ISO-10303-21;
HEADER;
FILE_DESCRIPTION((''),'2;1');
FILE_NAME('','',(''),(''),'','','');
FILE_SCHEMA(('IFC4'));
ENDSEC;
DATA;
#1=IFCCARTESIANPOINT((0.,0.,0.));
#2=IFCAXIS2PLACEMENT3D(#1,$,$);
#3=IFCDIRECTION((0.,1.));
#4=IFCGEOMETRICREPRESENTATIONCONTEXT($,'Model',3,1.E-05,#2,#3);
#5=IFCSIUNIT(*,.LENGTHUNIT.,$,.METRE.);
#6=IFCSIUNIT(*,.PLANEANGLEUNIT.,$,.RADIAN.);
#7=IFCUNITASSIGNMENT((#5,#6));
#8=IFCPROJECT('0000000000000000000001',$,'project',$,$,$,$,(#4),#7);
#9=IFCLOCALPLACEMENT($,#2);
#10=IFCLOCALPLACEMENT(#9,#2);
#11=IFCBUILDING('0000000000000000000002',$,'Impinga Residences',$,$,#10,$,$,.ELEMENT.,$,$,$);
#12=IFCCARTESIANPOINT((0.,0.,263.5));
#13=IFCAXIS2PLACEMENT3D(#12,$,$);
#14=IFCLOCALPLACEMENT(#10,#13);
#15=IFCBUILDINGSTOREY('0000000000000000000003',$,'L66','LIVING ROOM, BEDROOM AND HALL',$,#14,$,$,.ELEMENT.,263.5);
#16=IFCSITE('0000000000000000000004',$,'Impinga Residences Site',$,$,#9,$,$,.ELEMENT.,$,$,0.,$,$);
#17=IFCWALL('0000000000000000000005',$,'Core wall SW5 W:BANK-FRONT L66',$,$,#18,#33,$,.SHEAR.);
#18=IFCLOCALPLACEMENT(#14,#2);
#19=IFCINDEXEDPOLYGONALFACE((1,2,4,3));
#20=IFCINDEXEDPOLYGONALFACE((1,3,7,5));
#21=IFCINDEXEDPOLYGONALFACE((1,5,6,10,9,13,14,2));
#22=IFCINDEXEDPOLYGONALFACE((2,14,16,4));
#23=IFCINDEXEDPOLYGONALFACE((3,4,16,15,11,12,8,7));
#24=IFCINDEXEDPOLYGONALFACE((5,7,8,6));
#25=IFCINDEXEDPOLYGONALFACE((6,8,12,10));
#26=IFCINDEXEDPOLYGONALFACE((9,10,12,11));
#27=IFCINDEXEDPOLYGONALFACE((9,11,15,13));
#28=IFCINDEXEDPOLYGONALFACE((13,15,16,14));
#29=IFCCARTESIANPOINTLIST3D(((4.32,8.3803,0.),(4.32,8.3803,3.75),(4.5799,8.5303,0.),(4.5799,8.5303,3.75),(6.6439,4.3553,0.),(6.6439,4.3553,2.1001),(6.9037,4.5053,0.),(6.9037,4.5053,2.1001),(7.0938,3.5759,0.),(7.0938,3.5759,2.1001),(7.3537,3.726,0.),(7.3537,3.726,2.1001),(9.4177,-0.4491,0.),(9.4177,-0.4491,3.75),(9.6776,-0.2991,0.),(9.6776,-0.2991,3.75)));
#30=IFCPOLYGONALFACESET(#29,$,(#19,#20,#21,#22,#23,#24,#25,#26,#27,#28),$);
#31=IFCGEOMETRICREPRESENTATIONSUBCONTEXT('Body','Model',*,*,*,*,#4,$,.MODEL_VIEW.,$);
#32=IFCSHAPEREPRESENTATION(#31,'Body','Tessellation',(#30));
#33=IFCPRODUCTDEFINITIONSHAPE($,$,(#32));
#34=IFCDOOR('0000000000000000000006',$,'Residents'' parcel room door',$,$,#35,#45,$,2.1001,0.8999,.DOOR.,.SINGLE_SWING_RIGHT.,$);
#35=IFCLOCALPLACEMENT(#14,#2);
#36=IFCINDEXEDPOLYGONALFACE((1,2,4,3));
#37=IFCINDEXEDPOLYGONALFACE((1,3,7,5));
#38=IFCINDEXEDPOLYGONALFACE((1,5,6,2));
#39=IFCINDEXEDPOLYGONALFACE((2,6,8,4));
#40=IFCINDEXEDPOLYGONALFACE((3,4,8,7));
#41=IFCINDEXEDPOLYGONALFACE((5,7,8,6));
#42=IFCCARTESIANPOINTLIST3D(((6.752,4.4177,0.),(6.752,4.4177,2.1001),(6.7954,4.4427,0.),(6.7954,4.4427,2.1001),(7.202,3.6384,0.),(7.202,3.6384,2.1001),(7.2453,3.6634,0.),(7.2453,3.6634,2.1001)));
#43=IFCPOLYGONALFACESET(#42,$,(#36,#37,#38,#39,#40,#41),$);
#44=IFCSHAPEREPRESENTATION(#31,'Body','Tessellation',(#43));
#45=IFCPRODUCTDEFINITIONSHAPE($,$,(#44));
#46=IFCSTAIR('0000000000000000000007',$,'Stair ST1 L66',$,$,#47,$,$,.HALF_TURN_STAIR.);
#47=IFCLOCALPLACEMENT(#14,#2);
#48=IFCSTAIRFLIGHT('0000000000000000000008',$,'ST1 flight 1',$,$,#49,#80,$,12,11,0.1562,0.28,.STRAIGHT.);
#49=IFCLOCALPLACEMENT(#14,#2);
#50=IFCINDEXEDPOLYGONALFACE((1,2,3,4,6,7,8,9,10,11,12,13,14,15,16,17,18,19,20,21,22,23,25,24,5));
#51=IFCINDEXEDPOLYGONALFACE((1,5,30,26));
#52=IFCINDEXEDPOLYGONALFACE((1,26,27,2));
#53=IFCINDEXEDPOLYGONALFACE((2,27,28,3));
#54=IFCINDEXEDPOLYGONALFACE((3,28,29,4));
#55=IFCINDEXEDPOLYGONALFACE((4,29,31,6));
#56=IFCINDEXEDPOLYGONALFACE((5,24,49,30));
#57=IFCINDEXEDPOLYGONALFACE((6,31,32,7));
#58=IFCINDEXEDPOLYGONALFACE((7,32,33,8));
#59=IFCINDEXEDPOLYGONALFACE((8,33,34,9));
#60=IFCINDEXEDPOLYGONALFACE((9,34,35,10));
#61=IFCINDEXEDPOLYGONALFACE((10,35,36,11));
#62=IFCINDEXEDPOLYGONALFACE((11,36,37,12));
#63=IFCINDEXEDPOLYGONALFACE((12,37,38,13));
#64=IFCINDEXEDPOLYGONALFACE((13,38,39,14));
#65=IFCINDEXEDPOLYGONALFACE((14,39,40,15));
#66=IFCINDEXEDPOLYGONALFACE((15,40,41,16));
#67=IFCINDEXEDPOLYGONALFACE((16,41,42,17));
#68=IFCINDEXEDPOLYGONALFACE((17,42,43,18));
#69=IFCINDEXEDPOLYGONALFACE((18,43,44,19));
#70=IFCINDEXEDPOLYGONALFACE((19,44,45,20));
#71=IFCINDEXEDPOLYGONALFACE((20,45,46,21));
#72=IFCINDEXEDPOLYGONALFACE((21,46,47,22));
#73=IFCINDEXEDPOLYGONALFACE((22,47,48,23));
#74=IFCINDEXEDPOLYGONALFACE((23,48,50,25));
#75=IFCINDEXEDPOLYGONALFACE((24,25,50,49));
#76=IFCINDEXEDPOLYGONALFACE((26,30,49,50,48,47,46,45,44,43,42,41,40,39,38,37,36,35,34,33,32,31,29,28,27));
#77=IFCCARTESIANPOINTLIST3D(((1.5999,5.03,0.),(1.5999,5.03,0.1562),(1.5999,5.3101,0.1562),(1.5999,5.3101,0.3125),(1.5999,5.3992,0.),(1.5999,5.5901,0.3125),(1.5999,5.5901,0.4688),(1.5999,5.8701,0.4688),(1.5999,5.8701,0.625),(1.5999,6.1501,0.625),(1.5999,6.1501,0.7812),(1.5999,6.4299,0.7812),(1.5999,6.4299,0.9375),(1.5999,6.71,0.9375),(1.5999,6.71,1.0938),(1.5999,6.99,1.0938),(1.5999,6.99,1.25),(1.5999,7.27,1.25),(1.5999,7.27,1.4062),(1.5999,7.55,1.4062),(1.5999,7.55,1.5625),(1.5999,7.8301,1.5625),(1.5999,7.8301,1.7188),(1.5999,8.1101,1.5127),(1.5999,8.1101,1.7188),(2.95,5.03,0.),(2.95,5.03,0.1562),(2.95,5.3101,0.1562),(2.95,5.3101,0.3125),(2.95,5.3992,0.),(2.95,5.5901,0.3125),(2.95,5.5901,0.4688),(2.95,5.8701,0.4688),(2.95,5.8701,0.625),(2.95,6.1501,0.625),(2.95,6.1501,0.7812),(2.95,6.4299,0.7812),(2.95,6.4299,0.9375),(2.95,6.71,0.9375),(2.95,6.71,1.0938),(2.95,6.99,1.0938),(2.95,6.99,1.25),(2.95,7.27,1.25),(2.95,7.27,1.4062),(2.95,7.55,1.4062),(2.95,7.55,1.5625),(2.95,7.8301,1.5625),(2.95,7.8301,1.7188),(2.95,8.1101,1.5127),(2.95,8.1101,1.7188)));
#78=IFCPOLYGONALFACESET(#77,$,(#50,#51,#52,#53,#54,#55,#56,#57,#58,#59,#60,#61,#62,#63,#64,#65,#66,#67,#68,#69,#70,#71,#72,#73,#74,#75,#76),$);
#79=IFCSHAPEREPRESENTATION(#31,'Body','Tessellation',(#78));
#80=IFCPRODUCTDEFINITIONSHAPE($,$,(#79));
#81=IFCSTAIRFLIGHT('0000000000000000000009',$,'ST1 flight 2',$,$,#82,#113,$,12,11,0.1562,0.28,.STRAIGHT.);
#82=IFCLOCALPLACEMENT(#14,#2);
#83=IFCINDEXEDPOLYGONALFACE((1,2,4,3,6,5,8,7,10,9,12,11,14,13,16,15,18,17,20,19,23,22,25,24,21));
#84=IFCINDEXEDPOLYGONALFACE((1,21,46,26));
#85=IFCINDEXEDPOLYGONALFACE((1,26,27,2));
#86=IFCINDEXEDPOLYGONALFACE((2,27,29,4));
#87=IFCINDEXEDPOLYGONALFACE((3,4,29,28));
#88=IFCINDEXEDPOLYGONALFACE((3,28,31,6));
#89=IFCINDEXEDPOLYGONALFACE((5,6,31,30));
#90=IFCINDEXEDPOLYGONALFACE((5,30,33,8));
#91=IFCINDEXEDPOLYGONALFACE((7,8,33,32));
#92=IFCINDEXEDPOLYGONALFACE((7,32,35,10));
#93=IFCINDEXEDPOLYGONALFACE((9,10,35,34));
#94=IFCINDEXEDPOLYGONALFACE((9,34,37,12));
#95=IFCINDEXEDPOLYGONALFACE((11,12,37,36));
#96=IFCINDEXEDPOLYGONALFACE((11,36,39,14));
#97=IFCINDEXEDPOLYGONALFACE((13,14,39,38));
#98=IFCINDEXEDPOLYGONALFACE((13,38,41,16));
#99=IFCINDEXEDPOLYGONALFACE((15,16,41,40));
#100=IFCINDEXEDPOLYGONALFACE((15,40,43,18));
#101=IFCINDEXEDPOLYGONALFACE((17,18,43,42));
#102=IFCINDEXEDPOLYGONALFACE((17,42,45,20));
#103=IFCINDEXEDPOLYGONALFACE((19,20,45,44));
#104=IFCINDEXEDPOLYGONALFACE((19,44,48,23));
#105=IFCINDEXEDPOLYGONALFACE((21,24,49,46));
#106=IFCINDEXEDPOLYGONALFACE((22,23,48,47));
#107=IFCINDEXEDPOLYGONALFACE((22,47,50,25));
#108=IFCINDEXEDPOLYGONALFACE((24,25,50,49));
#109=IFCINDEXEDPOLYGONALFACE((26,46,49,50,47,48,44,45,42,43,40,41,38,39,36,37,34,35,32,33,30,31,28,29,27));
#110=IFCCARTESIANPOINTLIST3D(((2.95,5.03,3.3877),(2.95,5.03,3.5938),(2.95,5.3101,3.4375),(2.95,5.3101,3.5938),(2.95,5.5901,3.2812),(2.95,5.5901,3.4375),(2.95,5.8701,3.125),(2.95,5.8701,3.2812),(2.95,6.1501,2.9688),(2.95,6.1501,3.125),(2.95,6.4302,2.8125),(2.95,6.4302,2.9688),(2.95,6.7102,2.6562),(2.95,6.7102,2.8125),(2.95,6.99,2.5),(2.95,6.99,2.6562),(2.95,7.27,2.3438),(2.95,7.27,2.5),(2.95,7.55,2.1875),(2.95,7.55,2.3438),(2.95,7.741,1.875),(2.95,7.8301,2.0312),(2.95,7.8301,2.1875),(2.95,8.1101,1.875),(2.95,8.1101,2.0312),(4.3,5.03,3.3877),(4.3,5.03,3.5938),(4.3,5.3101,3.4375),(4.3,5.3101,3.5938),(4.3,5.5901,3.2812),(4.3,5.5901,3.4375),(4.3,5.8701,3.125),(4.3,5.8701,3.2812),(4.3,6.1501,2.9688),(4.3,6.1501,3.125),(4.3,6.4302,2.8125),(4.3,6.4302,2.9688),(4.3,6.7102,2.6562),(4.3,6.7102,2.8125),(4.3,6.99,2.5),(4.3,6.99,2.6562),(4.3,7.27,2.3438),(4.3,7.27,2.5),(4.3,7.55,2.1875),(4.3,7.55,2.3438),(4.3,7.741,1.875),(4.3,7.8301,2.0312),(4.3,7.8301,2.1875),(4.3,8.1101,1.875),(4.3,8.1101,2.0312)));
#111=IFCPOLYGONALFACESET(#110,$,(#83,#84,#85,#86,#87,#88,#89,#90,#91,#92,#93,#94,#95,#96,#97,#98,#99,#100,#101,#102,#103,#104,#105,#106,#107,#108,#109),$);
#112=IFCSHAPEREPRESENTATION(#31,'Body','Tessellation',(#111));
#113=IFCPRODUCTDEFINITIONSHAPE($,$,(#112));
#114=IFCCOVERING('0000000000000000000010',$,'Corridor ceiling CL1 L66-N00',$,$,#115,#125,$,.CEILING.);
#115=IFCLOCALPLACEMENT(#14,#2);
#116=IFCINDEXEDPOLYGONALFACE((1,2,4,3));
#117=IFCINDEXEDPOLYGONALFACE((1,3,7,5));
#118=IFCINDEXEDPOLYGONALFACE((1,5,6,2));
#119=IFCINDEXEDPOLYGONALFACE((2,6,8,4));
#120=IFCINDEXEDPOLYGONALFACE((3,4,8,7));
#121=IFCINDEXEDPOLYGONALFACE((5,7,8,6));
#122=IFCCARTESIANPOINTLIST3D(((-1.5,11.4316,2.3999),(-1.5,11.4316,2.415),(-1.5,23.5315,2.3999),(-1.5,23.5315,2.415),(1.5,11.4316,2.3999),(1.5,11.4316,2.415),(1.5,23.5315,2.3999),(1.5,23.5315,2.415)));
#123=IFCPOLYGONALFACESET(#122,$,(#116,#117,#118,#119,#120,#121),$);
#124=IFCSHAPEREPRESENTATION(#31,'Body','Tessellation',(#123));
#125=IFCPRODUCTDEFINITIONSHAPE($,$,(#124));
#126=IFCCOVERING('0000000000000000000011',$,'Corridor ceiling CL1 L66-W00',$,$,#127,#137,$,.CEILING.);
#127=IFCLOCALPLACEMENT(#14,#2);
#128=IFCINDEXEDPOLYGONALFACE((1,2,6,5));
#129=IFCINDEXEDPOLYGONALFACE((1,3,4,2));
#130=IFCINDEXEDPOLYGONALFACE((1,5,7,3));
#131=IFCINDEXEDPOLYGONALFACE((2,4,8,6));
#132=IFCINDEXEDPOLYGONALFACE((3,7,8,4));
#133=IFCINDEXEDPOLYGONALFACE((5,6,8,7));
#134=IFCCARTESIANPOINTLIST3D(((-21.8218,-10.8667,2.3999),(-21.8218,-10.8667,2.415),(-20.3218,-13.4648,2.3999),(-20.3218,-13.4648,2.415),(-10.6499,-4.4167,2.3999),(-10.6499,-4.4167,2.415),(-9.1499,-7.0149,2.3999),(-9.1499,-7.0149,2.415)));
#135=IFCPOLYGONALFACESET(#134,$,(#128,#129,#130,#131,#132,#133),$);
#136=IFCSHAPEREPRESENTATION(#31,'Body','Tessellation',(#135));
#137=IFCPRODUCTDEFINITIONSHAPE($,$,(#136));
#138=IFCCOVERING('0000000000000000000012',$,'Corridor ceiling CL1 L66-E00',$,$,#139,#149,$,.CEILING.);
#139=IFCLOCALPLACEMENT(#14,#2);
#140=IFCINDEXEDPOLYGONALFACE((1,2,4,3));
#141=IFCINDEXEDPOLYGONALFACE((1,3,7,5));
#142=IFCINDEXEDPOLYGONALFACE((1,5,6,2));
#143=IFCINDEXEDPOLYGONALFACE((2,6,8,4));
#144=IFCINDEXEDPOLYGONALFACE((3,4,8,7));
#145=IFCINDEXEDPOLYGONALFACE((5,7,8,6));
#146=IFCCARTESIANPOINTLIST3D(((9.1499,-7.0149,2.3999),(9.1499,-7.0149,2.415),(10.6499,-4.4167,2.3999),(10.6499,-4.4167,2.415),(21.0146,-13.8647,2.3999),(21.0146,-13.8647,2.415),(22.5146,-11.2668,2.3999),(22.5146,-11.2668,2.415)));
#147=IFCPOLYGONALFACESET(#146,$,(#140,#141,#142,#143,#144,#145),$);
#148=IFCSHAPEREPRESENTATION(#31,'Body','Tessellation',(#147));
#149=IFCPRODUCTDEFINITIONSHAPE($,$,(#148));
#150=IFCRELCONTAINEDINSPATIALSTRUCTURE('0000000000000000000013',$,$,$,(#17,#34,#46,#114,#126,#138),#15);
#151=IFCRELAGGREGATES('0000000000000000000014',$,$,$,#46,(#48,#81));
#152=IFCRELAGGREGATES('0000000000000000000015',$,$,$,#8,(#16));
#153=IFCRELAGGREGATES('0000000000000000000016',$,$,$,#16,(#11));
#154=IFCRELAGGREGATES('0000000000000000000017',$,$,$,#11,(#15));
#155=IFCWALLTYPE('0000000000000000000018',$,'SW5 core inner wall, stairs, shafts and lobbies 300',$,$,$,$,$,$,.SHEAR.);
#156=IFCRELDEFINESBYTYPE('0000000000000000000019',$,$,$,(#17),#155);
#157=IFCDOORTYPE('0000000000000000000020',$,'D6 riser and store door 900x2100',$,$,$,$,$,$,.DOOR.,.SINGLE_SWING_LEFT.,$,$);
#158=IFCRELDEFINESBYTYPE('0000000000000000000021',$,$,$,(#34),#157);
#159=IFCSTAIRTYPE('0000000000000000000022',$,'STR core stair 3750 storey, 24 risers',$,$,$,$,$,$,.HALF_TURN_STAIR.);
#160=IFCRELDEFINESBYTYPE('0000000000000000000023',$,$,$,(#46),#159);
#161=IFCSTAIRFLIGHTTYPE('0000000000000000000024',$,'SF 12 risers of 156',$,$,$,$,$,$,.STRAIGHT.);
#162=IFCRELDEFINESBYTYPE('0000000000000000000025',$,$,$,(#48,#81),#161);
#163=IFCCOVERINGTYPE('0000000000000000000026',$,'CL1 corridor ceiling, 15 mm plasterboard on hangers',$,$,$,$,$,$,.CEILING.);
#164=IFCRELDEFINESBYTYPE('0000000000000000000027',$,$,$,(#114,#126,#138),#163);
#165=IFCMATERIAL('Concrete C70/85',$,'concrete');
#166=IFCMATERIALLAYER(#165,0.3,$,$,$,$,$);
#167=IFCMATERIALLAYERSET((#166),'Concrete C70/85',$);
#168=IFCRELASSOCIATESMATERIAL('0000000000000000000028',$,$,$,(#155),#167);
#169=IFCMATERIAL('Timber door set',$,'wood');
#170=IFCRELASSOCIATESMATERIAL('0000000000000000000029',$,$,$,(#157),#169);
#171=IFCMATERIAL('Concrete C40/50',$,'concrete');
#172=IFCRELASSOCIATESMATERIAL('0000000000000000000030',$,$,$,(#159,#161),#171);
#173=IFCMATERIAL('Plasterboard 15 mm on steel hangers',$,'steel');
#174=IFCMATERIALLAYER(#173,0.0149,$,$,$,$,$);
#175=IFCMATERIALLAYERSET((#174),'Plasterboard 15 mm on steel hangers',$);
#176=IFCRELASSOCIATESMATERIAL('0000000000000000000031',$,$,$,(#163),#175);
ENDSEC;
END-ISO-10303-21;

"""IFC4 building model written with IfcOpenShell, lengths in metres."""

from ifc_helpers import new_model, si_unit, direction, frame, frame_2d, origin, place, context, subcontext, project, spatial, polyline, rectangle, outline, extrude, material, layer, layer_set, type_object, element, fill, aggregate, save


model = new_model("IFC4")

# Units and contexts
model_context = context("Model", 3, precision=1e-05, world=origin(), true_north=direction((0.0, 1.0)))
body_context = subcontext(model_context, "Body", "Model", "MODEL_VIEW")
ifc_project = project(units=[si_unit("LENGTHUNIT", "METRE"), si_unit("PLANEANGLEUNIT", "RADIAN")], contexts=[model_context])

# Site, building, storey
site_placement = place(None, origin())
site = spatial("IfcSite", under=ifc_project, at=site_placement, Name="Impinga Residences Site", CompositionType="ELEMENT", RefElevation=0.0)
building_placement = place(site_placement, origin())
building = spatial("IfcBuilding", under=site, at=building_placement, Name="Impinga Residences", CompositionType="ELEMENT")
storey_placement = place(building_placement, frame((0.0, 0.0, 263.5)))
storey = spatial("IfcBuildingStorey", under=building, at=storey_placement, Name="L66", Description="LIVING ROOM, BEDROOM AND HALL", CompositionType="ELEMENT", Elevation=263.5)

# Shared definitions
ifc_material_1 = material(Name="Concrete C40/50", Category="concrete")

# Shared definitions
ifc_material_2 = material(Name="Timber door set", Category="wood")

# Shared definitions
ifc_material_3 = material(Name="Concrete C70/85", Category="concrete")
ifc_layer_1 = layer(ifc_material_3, 0.3)
ifc_layer_set_1 = layer_set([ifc_layer_1], Name="Concrete C70/85")
wall_type_1 = type_object("IfcWallType", Name="SW5 core inner wall, stairs, shafts and lobbies 300", PredefinedType="SHEAR", material=ifc_layer_set_1)

# Wall, opening, door
wall_1_placement = place(storey_placement, frame((4.45, 8.4553, 0.0), z_axis=(0.0, 0.0, 1.0), x_axis=(0.500002, -0.866024, 0.0)))
wall_1 = element("IfcWall", 1, at=wall_1_placement, inside=storey, type_object=wall_type_1, Name="Core wall SW5 W:BANK-FRONT L66", PredefinedType="SHEAR", context=body_context, shape_type="SweptSolid", body=[
    extrude(rectangle(XDim=10.1953, YDim=0.3, at=frame_2d((5.0977, 0.0))), origin(), (0.0, 0.0, 1.0), 3.75),
])
opening_1_placement = place(wall_1_placement, frame((4.6477, 0.0, 0.0)))
opening_1 = element("IfcOpeningElement", 2, at=opening_1_placement, cuts=wall_1, PredefinedType="OPENING", context=body_context, shape_type="SweptSolid", body=[
    extrude(rectangle(XDim=0.8999, YDim=2.1001, at=frame_2d((0.45, 1.05))), frame((0.0, 0.1599, 0.0), z_axis=(0.0, -1.0, 0.0), x_axis=(1.0, 0.0, 0.0)), (0.0, 0.0, 1.0), 0.3201),
])
door_type_1 = type_object("IfcDoorType", Name="D6 riser and store door 900x2100", OperationType="SINGLE_SWING_LEFT", PredefinedType="DOOR", material=ifc_material_2)
door_1_placement = place(opening_1_placement, origin())
door_1 = element("IfcDoor", 3, at=door_1_placement, inside=storey, type_object=door_type_1, Name="Residents' parcel room door", OperationType="SINGLE_SWING_RIGHT", OverallHeight=2.1001, OverallWidth=0.8999, PredefinedType="DOOR", context=body_context, shape_type="SweptSolid", body=[
    extrude(rectangle(XDim=0.8999, YDim=2.1001, at=frame_2d((0.45, 1.05))), frame((0.0, 0.0249, 0.0), z_axis=(0.0, -1.0, 0.0), x_axis=(1.0, 0.0, 0.0)), (0.0, 0.0, 1.0), 0.05),
])
fill(opening_1, door_1)

# Stair, stair flights
stair_type_1 = type_object("IfcStairType", Name="STR core stair 3750 storey, 24 risers", PredefinedType="HALF_TURN_STAIR", material=ifc_material_1)
stair_1_placement = place(storey_placement, origin())
stair_1 = element("IfcStair", 4, at=stair_1_placement, inside=storey, type_object=stair_type_1, Name="Stair ST1 L66", PredefinedType="HALF_TURN_STAIR")
stair_flight_type = type_object("IfcStairFlightType", Name="SF 12 risers of 156", PredefinedType="STRAIGHT", material=ifc_material_1)
stair_flight_1_placement = place(storey_placement, frame((2.2749, 5.03, 0.0), z_axis=(0.0, 0.0, 1.0), x_axis=(0.0, 1.0, 0.0)))
stair_flight_1 = element("IfcStairFlight", 5, at=stair_flight_1_placement, type_object=stair_flight_type, Name="ST1 flight 1", NumberOfRisers=12, NumberOfTreads=11, PredefinedType="STRAIGHT", RiserHeight=0.1562, TreadLength=0.28, context=body_context, shape_type="SweptSolid", body=[
    extrude(outline(polyline([(0.0, 0.0), (0.0, 0.1562), (0.28, 0.1562), (0.28, 0.3125), (0.5601, 0.3125), (0.5601, 0.4688), (0.8401, 0.4688), (0.8401, 0.625), (1.1201, 0.625), (1.1201, 0.7812), (1.3999, 0.7812), (1.3999, 0.9375), (1.6799, 0.9375), (1.6799, 1.0938), (1.96, 1.0938), (1.96, 1.25), (2.24, 1.25), (2.24, 1.4062), (2.52, 1.4062), (2.52, 1.5625), (2.8, 1.5625), (2.8, 1.7188), (3.0801, 1.7188), (3.0801, 1.875), (3.0801, 1.5127), (0.3691, 0.0), (0.0, 0.0)])), frame((0.0, 0.675, 0.0), z_axis=(0.0, -1.0, 0.0), x_axis=(1.0, 0.0, 0.0)), (0.0, 0.0, 1.0), 1.3501),
])
stair_flight_2_placement = place(storey_placement, frame((3.625, 8.1101, 1.875), z_axis=(0.0, 0.0, 1.0), x_axis=(0.0, -1.0, 0.0)))
stair_flight_2 = element("IfcStairFlight", 6, at=stair_flight_2_placement, type_object=stair_flight_type, Name="ST1 flight 2", NumberOfRisers=12, NumberOfTreads=11, PredefinedType="STRAIGHT", RiserHeight=0.1562, TreadLength=0.28, context=body_context, shape_type="SweptSolid", body=[
    extrude(outline(polyline([(0.0, 0.0), (0.0, 0.1562), (0.28, 0.1562), (0.28, 0.3125), (0.5601, 0.3125), (0.5601, 0.4688), (0.8401, 0.4688), (0.8401, 0.625), (1.1201, 0.625), (1.1201, 0.7812), (1.3999, 0.7812), (1.3999, 0.9375), (1.6799, 0.9375), (1.6799, 1.0938), (1.96, 1.0938), (1.96, 1.25), (2.24, 1.25), (2.24, 1.4062), (2.52, 1.4062), (2.52, 1.5625), (2.8, 1.5625), (2.8, 1.7188), (3.0801, 1.7188), (3.0801, 1.875), (3.0801, 1.5127), (0.3691, 0.0), (0.0, 0.0)])), frame((0.0, 0.675, 0.0), z_axis=(0.0, -1.0, 0.0), x_axis=(1.0, 0.0, 0.0)), (0.0, 0.0, 1.0), 1.3501),
])
aggregate(stair_1, [stair_flight_1, stair_flight_2])

# Coverings
ifc_material_4 = material(Name="Plasterboard 15 mm on steel hangers", Category="steel")
ifc_layer_2 = layer(ifc_material_4, 0.0149)
ifc_layer_set_2 = layer_set([ifc_layer_2], Name="Plasterboard 15 mm on steel hangers")
covering_type_1 = type_object("IfcCoveringType", Name="CL1 corridor ceiling, 15 mm plasterboard on hangers", PredefinedType="CEILING", material=ifc_layer_set_2)
covering_1_placement = place(storey_placement, frame((0.0, 0.0, 2.3999)))
element("IfcCovering", 7, at=covering_1_placement, inside=storey, type_object=covering_type_1, Name="Corridor ceiling CL1 L66-N00", PredefinedType="CEILING", context=body_context, shape_type="SweptSolid", body=[
    extrude(outline(polyline([(-1.5, 11.4316), (1.5, 11.4316), (1.5, 23.5315), (-1.5, 23.5315), (-1.5, 11.4316)])), origin(), (0.0, 0.0, 1.0), 0.0151),
])
covering_2_placement = place(storey_placement, frame((0.0, 0.0, 2.3999)))
element("IfcCovering", 8, at=covering_2_placement, inside=storey, type_object=covering_type_1, Name="Corridor ceiling CL1 L66-W00", PredefinedType="CEILING", context=body_context, shape_type="SweptSolid", body=[
    extrude(outline(polyline([(-9.1499, -7.0149), (-10.6499, -4.4167), (-21.8218, -10.8667), (-20.3218, -13.4648), (-9.1499, -7.0149)])), origin(), (0.0, 0.0, 1.0), 0.0151),
])
covering_3_placement = place(storey_placement, frame((0.0, 0.0, 2.3999)))
element("IfcCovering", 9, at=covering_3_placement, inside=storey, type_object=covering_type_1, Name="Corridor ceiling CL1 L66-E00", PredefinedType="CEILING", context=body_context, shape_type="SweptSolid", body=[
    extrude(outline(polyline([(10.6499, -4.4167), (9.1499, -7.0149), (21.0146, -13.8647), (22.5146, -11.2668), (10.6499, -4.4167)])), origin(), (0.0, 0.0, 1.0), 0.0151),
])

save(model, "model.ifc")
